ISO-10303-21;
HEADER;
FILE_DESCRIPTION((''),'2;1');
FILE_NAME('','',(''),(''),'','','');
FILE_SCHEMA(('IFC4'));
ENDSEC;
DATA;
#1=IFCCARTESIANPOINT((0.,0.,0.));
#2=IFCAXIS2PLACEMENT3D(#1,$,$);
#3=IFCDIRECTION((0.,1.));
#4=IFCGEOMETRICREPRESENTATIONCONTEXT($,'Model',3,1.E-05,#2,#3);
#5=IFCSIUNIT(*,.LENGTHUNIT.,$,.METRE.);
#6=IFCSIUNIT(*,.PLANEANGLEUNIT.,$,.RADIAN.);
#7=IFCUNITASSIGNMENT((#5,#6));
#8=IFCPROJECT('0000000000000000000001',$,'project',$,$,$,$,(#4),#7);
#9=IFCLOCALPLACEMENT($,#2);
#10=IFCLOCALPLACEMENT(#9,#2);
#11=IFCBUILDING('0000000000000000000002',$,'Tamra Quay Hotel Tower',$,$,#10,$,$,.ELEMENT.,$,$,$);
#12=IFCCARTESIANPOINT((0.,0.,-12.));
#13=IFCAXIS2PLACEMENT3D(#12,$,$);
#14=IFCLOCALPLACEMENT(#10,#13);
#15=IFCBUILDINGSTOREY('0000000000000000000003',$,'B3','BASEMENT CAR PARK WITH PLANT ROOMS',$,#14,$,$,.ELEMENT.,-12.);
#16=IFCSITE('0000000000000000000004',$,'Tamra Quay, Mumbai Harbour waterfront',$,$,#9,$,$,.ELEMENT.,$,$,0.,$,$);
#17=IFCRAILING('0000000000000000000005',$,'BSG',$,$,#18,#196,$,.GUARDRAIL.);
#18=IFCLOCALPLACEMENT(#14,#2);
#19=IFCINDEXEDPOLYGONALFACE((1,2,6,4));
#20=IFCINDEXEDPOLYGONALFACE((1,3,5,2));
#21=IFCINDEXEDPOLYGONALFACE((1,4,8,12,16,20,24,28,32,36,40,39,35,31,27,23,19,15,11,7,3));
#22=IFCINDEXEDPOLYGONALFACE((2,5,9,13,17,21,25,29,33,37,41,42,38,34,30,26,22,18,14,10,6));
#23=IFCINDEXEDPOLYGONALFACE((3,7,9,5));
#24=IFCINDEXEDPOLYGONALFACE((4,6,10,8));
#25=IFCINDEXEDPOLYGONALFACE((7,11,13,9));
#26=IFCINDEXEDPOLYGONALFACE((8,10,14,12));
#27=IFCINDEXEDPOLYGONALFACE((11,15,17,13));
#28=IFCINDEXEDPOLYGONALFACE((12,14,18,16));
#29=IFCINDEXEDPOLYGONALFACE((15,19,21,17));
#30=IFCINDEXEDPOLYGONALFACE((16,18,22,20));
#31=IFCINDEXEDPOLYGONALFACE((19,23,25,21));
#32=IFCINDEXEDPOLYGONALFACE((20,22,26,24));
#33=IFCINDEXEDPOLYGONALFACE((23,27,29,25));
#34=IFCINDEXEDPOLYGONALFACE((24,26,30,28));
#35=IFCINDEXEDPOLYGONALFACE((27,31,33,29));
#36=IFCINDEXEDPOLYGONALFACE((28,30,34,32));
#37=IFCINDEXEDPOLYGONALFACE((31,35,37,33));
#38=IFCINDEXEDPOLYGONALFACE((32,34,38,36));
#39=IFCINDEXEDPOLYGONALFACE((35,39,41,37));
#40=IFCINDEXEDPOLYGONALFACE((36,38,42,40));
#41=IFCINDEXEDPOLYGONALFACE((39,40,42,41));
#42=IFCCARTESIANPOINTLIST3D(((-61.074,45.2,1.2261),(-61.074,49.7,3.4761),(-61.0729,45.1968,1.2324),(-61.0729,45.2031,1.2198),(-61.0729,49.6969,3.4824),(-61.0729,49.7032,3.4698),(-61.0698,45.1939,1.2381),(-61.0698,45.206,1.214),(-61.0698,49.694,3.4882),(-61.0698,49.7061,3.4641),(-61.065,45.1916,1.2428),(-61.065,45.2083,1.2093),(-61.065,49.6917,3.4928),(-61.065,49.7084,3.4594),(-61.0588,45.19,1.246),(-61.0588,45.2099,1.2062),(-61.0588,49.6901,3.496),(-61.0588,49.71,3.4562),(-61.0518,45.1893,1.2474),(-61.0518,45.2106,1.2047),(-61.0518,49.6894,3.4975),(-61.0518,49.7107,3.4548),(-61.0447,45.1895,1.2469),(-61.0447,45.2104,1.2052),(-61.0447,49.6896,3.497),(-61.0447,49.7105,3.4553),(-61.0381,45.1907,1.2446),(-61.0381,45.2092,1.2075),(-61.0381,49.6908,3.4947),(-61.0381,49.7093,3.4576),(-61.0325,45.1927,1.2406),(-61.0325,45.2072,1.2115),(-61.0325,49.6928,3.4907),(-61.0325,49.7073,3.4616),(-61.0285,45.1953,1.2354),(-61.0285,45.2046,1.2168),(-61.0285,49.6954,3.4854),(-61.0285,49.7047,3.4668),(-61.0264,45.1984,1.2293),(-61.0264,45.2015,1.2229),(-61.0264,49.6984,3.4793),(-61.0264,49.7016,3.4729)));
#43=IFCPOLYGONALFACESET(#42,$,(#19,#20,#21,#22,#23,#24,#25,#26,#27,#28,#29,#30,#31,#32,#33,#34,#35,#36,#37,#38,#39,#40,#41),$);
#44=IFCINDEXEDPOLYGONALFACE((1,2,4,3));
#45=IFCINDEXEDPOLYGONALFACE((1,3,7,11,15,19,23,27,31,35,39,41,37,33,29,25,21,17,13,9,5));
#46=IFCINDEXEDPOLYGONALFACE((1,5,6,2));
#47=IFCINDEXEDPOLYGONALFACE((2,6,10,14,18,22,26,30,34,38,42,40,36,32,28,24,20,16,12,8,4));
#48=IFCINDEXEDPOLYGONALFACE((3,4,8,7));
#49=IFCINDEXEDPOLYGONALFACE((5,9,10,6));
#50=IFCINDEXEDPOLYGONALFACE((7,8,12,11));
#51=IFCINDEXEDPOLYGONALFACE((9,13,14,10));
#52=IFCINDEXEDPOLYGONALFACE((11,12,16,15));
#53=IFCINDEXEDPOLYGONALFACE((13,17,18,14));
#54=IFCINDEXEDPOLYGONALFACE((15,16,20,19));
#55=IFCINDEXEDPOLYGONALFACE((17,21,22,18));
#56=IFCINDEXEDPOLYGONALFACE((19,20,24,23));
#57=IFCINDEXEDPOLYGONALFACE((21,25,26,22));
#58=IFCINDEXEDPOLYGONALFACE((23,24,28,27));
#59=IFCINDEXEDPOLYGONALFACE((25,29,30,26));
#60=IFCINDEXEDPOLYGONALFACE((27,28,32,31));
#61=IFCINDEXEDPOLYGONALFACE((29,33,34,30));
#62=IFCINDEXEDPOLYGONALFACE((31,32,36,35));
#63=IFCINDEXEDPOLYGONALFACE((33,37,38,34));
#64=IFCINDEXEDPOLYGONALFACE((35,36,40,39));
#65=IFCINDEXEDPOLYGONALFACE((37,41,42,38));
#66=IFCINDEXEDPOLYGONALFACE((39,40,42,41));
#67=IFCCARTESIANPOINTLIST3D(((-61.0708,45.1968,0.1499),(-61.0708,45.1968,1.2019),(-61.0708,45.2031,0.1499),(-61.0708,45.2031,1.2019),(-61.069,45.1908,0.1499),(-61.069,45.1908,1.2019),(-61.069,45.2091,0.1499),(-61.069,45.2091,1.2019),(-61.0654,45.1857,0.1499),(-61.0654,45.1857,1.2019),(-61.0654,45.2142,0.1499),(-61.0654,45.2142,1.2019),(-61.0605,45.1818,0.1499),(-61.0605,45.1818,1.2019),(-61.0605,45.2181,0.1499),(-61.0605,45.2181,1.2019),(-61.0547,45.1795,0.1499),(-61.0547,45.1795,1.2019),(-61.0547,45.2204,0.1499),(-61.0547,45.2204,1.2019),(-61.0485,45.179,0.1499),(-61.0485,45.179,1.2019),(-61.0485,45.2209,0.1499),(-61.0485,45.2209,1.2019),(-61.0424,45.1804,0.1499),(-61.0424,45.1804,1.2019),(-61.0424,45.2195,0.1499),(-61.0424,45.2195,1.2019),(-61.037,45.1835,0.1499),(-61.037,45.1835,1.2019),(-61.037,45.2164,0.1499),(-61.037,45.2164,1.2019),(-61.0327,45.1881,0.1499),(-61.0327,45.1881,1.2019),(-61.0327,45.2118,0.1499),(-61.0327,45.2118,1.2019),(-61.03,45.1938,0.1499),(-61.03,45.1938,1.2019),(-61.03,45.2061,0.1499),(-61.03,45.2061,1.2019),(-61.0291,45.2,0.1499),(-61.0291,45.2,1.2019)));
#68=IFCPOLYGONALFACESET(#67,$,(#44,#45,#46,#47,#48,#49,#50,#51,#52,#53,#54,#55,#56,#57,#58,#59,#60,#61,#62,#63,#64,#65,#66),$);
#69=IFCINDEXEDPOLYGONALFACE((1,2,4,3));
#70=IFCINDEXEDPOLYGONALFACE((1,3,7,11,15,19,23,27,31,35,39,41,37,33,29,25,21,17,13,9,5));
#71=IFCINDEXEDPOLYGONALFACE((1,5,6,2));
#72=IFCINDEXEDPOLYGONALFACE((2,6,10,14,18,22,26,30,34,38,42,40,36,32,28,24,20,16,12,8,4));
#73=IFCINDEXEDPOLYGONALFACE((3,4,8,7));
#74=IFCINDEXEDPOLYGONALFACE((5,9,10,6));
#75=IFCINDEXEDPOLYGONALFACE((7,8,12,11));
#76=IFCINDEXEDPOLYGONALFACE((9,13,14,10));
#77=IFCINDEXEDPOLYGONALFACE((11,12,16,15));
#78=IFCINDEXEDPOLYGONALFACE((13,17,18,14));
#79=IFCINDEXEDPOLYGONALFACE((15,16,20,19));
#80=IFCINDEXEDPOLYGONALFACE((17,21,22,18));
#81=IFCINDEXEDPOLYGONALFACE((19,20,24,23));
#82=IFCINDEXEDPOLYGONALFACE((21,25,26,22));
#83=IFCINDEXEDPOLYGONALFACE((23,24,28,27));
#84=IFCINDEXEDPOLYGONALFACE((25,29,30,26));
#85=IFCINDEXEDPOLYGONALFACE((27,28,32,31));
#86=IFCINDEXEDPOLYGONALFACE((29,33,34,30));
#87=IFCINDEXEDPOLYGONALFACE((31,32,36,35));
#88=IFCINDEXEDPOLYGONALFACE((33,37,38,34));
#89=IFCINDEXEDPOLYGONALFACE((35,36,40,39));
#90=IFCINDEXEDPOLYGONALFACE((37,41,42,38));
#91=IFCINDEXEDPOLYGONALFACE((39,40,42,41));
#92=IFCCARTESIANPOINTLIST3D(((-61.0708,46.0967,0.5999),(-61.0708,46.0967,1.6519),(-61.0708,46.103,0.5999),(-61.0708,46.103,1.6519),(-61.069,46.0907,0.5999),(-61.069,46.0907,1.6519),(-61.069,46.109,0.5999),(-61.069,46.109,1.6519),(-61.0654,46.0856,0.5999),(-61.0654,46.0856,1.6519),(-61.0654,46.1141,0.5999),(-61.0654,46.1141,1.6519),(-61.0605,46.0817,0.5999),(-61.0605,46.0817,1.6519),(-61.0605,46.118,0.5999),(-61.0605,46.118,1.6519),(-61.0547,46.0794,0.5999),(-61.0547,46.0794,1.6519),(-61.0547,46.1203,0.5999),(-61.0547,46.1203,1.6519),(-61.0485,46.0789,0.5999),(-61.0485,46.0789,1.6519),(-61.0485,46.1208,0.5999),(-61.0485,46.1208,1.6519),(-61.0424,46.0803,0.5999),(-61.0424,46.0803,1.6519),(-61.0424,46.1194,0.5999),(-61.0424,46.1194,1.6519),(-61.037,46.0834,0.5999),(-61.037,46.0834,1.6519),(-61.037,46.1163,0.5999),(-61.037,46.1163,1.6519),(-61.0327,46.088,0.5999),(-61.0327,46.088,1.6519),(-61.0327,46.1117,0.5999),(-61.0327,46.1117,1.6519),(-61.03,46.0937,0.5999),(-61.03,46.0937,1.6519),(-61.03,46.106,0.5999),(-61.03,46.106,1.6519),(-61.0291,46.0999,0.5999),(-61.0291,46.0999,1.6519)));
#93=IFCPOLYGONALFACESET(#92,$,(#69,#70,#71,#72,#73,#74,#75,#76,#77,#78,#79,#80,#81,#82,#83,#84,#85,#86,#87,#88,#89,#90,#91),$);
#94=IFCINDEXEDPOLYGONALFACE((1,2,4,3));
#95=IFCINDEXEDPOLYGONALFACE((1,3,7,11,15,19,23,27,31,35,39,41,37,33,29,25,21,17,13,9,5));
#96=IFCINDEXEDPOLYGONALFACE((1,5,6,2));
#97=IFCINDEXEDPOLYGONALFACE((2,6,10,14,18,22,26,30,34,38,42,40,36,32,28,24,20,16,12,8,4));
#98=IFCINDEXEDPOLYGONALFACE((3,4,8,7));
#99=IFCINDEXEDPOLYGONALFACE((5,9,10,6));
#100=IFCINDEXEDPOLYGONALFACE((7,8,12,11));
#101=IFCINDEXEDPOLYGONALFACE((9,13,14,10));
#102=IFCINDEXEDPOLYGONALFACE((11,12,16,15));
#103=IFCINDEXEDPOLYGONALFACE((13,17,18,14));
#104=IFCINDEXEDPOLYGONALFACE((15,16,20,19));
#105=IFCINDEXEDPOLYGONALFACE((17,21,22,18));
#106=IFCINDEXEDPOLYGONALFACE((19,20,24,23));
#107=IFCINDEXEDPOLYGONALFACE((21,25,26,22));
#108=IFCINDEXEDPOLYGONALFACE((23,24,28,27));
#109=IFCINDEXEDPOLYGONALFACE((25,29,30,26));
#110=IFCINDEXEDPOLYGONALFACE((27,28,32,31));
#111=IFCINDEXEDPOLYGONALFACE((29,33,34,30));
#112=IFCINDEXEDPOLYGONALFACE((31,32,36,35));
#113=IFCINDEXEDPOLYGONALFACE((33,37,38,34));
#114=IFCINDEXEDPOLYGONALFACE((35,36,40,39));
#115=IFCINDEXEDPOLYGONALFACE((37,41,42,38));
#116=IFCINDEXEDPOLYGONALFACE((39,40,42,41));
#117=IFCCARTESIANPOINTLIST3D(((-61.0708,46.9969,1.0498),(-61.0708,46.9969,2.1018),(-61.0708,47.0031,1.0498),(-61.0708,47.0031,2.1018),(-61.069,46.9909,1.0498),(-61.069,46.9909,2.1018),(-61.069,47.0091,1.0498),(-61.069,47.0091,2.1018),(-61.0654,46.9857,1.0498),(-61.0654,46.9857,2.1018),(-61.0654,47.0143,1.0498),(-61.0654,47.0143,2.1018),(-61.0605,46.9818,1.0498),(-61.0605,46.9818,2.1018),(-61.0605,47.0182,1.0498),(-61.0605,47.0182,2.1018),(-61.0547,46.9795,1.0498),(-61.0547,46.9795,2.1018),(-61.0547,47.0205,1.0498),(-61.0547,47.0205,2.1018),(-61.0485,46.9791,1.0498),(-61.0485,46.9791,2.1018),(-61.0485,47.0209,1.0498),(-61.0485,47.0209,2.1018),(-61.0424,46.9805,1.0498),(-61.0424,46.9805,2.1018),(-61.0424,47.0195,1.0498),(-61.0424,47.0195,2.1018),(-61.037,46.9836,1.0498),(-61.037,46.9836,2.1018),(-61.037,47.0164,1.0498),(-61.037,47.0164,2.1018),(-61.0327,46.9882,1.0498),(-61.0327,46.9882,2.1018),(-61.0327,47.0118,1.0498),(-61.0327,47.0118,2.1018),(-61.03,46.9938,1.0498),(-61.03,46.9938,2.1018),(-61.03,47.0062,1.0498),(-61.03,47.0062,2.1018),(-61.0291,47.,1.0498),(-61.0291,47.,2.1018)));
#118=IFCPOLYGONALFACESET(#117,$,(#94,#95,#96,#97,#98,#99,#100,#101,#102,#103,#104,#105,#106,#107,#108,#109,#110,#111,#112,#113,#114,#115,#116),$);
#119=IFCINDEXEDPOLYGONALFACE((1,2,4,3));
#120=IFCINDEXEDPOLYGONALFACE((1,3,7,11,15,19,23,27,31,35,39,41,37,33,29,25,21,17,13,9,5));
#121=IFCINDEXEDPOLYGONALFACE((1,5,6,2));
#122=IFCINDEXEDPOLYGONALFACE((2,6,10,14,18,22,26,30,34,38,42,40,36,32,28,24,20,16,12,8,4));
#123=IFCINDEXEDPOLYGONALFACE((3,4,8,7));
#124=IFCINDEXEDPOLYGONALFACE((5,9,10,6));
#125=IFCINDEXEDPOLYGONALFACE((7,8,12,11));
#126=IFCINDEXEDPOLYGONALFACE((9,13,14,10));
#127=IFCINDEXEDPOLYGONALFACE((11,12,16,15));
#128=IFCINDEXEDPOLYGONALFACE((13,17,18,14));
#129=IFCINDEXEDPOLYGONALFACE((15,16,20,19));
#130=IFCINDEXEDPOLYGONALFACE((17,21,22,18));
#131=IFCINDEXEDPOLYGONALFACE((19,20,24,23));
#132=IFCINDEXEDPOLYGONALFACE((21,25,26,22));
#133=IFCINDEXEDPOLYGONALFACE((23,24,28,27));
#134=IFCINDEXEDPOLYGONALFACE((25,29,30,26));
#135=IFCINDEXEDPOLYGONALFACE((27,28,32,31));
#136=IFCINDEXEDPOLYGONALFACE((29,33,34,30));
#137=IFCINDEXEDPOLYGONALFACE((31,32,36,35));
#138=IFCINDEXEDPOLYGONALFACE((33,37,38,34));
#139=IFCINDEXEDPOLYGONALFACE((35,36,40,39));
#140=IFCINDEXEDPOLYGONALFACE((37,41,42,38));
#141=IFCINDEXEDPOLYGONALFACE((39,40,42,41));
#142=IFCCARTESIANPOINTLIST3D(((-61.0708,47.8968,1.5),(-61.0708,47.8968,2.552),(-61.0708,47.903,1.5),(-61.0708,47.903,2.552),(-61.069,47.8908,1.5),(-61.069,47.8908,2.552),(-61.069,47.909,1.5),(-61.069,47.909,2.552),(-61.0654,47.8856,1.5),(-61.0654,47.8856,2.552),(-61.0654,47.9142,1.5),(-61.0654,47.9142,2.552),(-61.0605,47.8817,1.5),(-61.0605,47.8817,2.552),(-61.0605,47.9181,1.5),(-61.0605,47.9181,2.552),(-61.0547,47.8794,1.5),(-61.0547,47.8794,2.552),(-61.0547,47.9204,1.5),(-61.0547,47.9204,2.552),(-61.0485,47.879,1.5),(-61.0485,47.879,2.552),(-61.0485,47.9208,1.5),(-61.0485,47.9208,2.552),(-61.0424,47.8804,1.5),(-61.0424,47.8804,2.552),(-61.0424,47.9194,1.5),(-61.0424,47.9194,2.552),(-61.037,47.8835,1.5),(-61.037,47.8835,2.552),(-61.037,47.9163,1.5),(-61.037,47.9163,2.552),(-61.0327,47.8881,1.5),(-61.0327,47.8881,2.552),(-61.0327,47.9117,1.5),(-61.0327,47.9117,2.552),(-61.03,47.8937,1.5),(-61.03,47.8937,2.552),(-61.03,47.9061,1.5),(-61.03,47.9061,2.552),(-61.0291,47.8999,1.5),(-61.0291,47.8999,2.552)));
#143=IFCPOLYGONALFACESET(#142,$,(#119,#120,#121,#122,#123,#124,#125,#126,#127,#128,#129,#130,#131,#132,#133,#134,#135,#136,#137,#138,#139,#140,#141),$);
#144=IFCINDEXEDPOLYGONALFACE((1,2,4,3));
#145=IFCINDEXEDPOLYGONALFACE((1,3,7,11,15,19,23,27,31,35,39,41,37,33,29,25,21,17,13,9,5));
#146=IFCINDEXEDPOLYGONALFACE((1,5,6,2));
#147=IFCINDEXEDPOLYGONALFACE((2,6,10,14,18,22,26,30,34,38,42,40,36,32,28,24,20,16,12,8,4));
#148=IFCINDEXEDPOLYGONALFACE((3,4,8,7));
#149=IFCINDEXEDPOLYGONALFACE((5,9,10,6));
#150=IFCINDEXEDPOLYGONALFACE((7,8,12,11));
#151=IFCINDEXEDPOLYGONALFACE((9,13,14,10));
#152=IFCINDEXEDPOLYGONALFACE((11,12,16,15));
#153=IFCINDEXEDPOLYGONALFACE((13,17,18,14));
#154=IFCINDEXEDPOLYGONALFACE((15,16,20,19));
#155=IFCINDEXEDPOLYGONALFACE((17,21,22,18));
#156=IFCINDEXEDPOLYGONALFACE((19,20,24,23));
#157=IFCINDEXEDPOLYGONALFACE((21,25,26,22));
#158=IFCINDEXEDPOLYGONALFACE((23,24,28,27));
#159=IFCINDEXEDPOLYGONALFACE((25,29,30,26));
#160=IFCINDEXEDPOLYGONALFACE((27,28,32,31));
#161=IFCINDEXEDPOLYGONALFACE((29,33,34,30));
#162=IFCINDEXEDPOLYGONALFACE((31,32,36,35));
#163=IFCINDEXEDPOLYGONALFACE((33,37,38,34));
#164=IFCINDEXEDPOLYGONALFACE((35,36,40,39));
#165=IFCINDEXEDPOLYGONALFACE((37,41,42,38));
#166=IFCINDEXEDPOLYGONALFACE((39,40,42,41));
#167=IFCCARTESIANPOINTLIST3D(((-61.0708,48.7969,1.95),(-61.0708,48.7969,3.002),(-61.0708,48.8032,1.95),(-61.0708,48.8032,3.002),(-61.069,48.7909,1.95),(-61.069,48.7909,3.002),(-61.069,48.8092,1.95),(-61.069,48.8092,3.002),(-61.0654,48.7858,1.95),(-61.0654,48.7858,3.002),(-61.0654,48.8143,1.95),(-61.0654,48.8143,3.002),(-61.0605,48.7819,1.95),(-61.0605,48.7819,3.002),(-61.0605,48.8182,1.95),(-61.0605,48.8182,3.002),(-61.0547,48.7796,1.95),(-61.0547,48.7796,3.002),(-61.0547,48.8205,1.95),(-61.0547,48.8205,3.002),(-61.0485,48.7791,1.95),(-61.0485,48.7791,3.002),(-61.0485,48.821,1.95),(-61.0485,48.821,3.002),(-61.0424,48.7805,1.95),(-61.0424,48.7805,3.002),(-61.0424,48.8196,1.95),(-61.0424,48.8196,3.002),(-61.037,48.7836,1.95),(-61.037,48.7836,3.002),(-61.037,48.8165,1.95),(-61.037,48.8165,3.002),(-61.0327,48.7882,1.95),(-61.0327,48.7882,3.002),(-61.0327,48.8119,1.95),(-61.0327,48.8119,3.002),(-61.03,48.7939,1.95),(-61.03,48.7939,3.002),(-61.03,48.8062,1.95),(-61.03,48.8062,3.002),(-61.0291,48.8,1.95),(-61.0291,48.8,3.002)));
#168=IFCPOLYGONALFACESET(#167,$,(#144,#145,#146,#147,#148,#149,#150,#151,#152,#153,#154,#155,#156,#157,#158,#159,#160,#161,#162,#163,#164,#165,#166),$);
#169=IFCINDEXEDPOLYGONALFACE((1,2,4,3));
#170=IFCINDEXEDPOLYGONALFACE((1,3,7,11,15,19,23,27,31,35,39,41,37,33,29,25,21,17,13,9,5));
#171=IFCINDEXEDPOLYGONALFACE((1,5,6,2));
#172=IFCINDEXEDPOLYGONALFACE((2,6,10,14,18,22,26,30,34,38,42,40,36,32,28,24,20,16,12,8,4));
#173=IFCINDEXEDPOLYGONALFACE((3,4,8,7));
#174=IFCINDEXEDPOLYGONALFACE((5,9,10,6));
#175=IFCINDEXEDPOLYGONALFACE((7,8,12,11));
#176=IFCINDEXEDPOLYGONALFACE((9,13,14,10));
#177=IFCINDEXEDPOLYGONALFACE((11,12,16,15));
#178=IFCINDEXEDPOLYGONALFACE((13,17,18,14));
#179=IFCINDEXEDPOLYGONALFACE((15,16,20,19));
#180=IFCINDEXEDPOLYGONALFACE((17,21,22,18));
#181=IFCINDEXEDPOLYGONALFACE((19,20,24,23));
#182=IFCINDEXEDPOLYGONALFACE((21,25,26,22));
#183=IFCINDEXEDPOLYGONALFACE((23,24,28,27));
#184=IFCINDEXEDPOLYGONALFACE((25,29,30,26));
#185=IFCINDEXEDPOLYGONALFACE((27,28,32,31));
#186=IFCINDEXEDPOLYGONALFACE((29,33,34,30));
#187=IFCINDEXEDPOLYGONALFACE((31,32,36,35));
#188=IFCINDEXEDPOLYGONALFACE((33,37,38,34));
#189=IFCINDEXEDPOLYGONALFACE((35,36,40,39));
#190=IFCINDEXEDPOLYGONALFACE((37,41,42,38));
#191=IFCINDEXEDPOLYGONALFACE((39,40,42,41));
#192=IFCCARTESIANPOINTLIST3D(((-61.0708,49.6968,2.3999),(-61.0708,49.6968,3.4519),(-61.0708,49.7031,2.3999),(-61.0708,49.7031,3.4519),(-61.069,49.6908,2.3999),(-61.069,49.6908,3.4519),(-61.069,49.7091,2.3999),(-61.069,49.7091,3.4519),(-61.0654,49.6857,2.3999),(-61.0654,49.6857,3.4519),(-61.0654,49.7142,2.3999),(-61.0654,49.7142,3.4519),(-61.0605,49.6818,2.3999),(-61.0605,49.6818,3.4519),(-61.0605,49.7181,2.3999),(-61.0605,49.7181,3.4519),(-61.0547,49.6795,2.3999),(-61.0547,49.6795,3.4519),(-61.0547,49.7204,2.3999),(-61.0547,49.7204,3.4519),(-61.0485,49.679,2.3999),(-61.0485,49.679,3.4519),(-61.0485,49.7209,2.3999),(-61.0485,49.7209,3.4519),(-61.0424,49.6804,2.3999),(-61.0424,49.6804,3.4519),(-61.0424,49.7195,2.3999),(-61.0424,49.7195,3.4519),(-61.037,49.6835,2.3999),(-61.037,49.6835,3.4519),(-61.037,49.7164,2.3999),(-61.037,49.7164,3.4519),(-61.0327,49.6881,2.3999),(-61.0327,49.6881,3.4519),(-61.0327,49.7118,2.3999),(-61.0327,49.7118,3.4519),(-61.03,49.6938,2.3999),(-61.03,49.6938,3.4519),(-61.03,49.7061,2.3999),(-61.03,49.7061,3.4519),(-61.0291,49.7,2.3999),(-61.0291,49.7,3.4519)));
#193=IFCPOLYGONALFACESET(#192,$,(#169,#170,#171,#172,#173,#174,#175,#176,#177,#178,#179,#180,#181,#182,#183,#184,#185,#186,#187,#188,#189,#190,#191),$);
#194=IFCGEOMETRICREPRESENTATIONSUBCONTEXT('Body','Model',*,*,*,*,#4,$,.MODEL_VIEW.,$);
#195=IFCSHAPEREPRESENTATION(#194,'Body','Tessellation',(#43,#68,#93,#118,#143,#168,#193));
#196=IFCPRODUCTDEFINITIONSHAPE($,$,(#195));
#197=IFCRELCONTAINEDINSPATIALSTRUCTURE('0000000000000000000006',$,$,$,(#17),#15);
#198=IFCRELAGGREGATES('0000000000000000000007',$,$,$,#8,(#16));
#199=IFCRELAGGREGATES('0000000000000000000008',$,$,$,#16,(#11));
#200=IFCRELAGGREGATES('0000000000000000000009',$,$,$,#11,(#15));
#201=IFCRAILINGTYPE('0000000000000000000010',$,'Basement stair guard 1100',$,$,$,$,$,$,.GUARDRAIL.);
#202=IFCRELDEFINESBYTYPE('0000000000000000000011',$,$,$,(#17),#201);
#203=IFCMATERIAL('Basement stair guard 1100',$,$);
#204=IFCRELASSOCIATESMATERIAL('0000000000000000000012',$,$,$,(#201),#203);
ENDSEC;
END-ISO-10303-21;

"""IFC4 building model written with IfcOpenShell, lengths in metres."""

from ifc_helpers import new_model, si_unit, direction, frame, origin, origin_2d, place, context, subcontext, project, spatial, circle, extrude, material, type_object, element, save


model = new_model("IFC4")

# Units and contexts
model_context = context("Model", 3, precision=1e-05, world=origin(), true_north=direction((0.0, 1.0)))
body_context = subcontext(model_context, "Body", "Model", "MODEL_VIEW")
ifc_project = project(units=[si_unit("LENGTHUNIT", "METRE"), si_unit("PLANEANGLEUNIT", "RADIAN")], contexts=[model_context])

# Site, building, storey
site_placement = place(None, origin())
site = spatial("IfcSite", under=ifc_project, at=site_placement, Name="Tamra Quay, Mumbai Harbour waterfront", CompositionType="ELEMENT", RefElevation=0.0)
building_placement = place(site_placement, origin())
building = spatial("IfcBuilding", under=site, at=building_placement, Name="Tamra Quay Hotel Tower", CompositionType="ELEMENT")
storey_placement = place(building_placement, frame((0.0, 0.0, -12.0)))
storey = spatial("IfcBuildingStorey", under=building, at=storey_placement, Name="B3", Description="BASEMENT CAR PARK WITH PLANT ROOMS", CompositionType="ELEMENT", Elevation=-12.0)

# Railing
ifc_material_1 = material(Name="Basement stair guard 1100")
railing_type_1 = type_object("IfcRailingType", Name="Basement stair guard 1100", PredefinedType="GUARDRAIL", material=ifc_material_1)
railing_1_placement = place(storey_placement, frame((-61.05, 45.2, 0.1499)))
element("IfcRailing", 1, at=railing_1_placement, inside=storey, type_object=railing_type_1, Name="BSG", PredefinedType="GUARDRAIL", context=body_context, shape_type="SweptSolid", body=[
    extrude(circle(Radius=0.0239, at=origin_2d()), frame((0.0, 0.0, 1.0762), z_axis=(0.0, 0.894427, 0.447214), x_axis=(-1.0, 0.0, 0.0)), (0.0, 0.0, 1.0), 5.0312),
    extrude(circle(Radius=0.021, at=origin_2d()), origin(), (0.0, 0.0, 1.0), 1.052),
    extrude(circle(Radius=0.021, at=origin_2d()), frame((0.0, 0.8999, 0.45)), (0.0, 0.0, 1.0), 1.052),
    extrude(circle(Radius=0.021, at=origin_2d()), frame((0.0, 1.8, 0.8999)), (0.0, 0.0, 1.0), 1.052),
    extrude(circle(Radius=0.021, at=origin_2d()), frame((0.0, 2.7, 1.3501)), (0.0, 0.0, 1.0), 1.052),
    extrude(circle(Radius=0.021, at=origin_2d()), frame((0.0, 3.6001, 1.8)), (0.0, 0.0, 1.0), 1.052),
    extrude(circle(Radius=0.021, at=origin_2d()), frame((0.0, 4.5, 2.25)), (0.0, 0.0, 1.0), 1.052),
])

save(model, "model.ifc")
